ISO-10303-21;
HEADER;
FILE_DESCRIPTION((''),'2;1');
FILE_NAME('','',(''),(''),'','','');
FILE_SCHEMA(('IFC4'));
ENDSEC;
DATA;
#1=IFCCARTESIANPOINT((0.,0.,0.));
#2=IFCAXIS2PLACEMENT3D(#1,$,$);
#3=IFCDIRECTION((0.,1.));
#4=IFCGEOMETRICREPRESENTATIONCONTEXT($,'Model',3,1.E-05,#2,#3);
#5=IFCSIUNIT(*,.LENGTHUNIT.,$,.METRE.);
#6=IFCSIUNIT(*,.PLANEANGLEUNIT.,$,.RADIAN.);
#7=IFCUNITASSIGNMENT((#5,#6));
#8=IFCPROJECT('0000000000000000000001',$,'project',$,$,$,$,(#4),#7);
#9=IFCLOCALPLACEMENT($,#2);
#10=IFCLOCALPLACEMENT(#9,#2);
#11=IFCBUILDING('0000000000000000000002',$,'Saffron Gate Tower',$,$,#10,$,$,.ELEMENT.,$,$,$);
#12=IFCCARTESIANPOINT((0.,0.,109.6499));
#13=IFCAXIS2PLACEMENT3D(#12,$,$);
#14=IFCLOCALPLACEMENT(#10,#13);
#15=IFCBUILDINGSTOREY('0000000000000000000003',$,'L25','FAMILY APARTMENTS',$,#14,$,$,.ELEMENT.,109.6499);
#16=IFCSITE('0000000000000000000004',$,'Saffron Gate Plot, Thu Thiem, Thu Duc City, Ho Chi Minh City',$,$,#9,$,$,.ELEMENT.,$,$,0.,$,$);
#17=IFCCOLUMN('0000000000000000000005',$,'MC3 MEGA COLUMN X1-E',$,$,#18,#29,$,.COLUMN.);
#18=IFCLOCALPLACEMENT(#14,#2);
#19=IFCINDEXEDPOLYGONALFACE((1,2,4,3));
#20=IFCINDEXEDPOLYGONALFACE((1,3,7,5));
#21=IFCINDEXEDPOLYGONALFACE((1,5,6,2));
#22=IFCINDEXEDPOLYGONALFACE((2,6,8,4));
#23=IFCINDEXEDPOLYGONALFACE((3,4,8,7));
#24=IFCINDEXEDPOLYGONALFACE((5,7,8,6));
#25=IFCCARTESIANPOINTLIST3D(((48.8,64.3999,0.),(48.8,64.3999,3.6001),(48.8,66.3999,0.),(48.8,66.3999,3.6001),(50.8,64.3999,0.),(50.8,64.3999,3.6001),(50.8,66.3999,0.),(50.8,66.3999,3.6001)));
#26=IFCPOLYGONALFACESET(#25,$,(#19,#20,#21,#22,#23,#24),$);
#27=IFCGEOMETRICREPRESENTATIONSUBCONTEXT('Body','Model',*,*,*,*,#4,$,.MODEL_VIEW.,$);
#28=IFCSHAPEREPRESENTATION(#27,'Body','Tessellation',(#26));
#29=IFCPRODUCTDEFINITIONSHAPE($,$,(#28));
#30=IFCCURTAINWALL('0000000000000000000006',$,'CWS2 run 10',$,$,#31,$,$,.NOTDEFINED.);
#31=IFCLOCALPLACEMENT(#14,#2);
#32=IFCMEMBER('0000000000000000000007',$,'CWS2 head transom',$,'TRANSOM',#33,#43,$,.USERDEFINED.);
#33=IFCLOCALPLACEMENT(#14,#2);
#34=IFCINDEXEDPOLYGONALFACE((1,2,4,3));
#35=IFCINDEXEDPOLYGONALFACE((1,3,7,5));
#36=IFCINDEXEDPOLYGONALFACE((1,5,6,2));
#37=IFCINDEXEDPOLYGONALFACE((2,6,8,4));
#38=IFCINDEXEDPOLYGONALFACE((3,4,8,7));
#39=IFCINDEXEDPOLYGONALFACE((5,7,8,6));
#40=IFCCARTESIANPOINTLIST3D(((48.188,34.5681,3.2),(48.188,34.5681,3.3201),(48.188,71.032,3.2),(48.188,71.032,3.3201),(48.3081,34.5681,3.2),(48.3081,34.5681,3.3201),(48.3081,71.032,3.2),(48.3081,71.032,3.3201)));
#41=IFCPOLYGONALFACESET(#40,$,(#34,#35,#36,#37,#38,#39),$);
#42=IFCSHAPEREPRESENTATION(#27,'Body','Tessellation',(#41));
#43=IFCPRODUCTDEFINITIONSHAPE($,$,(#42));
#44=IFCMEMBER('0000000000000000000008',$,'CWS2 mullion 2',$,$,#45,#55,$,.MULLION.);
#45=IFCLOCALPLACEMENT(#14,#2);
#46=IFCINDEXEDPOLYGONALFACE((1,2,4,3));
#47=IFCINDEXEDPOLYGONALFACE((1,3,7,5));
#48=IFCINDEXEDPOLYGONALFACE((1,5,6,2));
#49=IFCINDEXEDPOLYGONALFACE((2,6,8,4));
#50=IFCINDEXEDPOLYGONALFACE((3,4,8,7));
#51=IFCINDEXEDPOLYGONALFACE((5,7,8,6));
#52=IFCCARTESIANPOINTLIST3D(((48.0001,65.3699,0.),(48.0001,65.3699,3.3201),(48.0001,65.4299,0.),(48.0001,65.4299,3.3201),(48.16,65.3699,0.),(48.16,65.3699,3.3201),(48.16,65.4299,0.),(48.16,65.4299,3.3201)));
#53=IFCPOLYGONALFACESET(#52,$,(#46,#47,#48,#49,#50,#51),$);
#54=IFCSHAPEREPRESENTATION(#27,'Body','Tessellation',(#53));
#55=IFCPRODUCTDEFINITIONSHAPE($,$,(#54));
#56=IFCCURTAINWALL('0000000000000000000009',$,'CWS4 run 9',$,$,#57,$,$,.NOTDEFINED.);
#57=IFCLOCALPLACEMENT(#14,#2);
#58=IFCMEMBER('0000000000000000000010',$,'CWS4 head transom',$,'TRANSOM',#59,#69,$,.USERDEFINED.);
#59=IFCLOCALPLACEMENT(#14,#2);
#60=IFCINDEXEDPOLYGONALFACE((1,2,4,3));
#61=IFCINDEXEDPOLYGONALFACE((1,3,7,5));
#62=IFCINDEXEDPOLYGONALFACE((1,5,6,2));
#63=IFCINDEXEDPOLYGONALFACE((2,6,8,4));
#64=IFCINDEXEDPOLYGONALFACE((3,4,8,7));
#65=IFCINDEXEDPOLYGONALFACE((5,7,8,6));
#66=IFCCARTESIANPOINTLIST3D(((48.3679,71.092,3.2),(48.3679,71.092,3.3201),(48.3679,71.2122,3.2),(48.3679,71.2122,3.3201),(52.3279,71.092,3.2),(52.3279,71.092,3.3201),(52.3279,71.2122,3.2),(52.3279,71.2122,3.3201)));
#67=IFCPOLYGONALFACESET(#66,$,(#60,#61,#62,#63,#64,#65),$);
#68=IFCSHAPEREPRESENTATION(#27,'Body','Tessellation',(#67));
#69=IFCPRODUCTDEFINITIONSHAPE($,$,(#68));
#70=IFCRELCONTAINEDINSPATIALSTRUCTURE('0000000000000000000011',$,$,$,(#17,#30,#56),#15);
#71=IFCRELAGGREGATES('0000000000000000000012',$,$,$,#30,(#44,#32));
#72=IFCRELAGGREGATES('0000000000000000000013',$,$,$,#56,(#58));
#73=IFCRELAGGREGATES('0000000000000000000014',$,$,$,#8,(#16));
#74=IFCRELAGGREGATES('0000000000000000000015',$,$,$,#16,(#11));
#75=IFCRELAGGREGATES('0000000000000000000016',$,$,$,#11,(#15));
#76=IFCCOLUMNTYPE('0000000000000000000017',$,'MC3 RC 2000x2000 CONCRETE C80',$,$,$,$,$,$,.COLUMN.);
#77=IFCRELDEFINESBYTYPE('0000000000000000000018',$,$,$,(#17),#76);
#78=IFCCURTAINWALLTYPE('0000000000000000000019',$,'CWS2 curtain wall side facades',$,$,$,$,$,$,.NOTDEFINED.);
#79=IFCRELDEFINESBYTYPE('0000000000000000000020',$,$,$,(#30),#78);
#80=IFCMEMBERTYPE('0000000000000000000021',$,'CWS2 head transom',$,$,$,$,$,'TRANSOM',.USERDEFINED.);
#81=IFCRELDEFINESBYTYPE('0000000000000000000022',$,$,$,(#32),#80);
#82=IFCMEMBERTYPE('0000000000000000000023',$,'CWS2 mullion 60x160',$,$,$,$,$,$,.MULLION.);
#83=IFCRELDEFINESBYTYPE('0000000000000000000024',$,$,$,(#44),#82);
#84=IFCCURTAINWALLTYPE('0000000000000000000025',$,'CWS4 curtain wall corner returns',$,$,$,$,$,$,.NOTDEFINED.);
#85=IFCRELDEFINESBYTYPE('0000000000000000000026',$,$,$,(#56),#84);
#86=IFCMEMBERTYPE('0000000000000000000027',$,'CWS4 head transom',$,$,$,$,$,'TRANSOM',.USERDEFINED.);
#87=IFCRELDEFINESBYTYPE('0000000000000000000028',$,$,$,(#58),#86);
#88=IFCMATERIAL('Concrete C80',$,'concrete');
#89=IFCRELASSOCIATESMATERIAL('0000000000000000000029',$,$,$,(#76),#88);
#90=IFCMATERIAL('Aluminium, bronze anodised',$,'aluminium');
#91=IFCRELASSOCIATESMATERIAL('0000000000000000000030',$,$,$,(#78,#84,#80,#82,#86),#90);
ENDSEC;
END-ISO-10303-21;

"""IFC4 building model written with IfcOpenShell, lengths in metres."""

from ifc_helpers import new_model, si_unit, direction, frame, origin, origin_2d, place, context, subcontext, project, spatial, rectangle, extrude, material, material_profile, profile_set, type_object, element, aggregate, save


model = new_model("IFC4")

# Units and contexts
model_context = context("Model", 3, precision=1e-05, world=origin(), true_north=direction((0.0, 1.0)))
body_context = subcontext(model_context, "Body", "Model", "MODEL_VIEW")
ifc_project = project(units=[si_unit("LENGTHUNIT", "METRE"), si_unit("PLANEANGLEUNIT", "RADIAN")], contexts=[model_context])

# Site, building, storey
site_placement = place(None, origin())
site = spatial("IfcSite", under=ifc_project, at=site_placement, Name="Saffron Gate Plot, Thu Thiem, Thu Duc City, Ho Chi Minh City", CompositionType="ELEMENT", RefElevation=0.0)
building_placement = place(site_placement, origin())
building = spatial("IfcBuilding", under=site, at=building_placement, Name="Saffron Gate Tower", CompositionType="ELEMENT")
storey_placement = place(building_placement, frame((0.0, 0.0, 109.6499)))
storey = spatial("IfcBuildingStorey", under=building, at=storey_placement, Name="L25", Description="FAMILY APARTMENTS", CompositionType="ELEMENT", Elevation=109.6499)

# Column
ifc_material_1 = material(Name="Concrete C80", Category="concrete")
ifc_material_profile_1 = material_profile(ifc_material_1, rectangle(XDim=2.0, YDim=2.0, at=origin_2d()))
ifc_profile_set_1 = profile_set([ifc_material_profile_1], Name="Concrete C80")
column_type = type_object("IfcColumnType", Name="MC3 RC 2000x2000 CONCRETE C80", PredefinedType="COLUMN", material=ifc_profile_set_1)
column_placement = place(storey_placement, frame((49.8, 65.3999, 0.0), z_axis=(0.0, 0.0, 1.0), x_axis=(1.0, 0.0, 0.0)))
element("IfcColumn", 1, at=column_placement, inside=storey, type_object=column_type, Name="MC3 MEGA COLUMN X1-E", PredefinedType="COLUMN", context=body_context, shape_type="SweptSolid", body=[
    extrude(rectangle(XDim=2.0, YDim=2.0, at=origin_2d()), origin(), (0.0, 0.0, 1.0), 3.6001),
])

# Curtain wall, members
ifc_material_2 = material(Name="Aluminium, bronze anodised", Category="aluminium")
curtain_wall_type_1 = type_object("IfcCurtainWallType", Name="CWS2 curtain wall side facades", PredefinedType="NOTDEFINED", material=ifc_material_2)
curtain_wall_1_placement = place(storey_placement, origin())
curtain_wall_1 = element("IfcCurtainWall", 2, at=curtain_wall_1_placement, inside=storey, type_object=curtain_wall_type_1, Name="CWS2 run 10", PredefinedType="NOTDEFINED")
ifc_material_profile_2 = material_profile(ifc_material_2, rectangle(XDim=0.1201, YDim=0.1201, at=origin_2d()))
ifc_profile_set_2 = profile_set([ifc_material_profile_2], Name="Aluminium, bronze anodised")
member_type_1 = type_object("IfcMemberType", Name="CWS2 head transom", ElementType="TRANSOM", PredefinedType="USERDEFINED", material=ifc_profile_set_2)
member_1_placement = place(storey_placement, frame((48.248, 71.032, 3.26), z_axis=(0.0, -1.0, 0.0), x_axis=(1.0, 0.0, 0.0)))
member_1 = element("IfcMember", 3, at=member_1_placement, type_object=member_type_1, Name="CWS2 head transom", ObjectType="TRANSOM", PredefinedType="USERDEFINED", context=body_context, shape_type="SweptSolid", body=[
    extrude(rectangle(XDim=0.1201, YDim=0.1201, at=origin_2d()), origin(), (0.0, 0.0, 1.0), 36.4639),
])
ifc_material_profile_3 = material_profile(ifc_material_2, rectangle(XDim=0.1599, YDim=0.0601, at=origin_2d()))
ifc_profile_set_3 = profile_set([ifc_material_profile_3], Name="Aluminium, bronze anodised")
member_type_2 = type_object("IfcMemberType", Name="CWS2 mullion 60x160", PredefinedType="MULLION", material=ifc_profile_set_3)
member_2_placement = place(storey_placement, frame((48.0801, 65.3999, 0.0), z_axis=(0.0, 0.0, 1.0), x_axis=(1.0, 0.0, 0.0)))
member_2 = element("IfcMember", 4, at=member_2_placement, type_object=member_type_2, Name="CWS2 mullion 2", PredefinedType="MULLION", context=body_context, shape_type="SweptSolid", body=[
    extrude(rectangle(XDim=0.1599, YDim=0.0601, at=origin_2d()), origin(), (0.0, 0.0, 1.0), 3.3201),
])

# Curtain wall, member
curtain_wall_type_2 = type_object("IfcCurtainWallType", Name="CWS4 curtain wall corner returns", PredefinedType="NOTDEFINED", material=ifc_material_2)
curtain_wall_2_placement = place(storey_placement, origin())
curtain_wall_2 = element("IfcCurtainWall", 5, at=curtain_wall_2_placement, inside=storey, type_object=curtain_wall_type_2, Name="CWS4 run 9", PredefinedType="NOTDEFINED")
ifc_material_profile_4 = material_profile(ifc_material_2, rectangle(XDim=0.1201, YDim=0.1201, at=origin_2d()))
ifc_profile_set_4 = profile_set([ifc_material_profile_4], Name="Aluminium, bronze anodised")
member_type_3 = type_object("IfcMemberType", Name="CWS4 head transom", ElementType="TRANSOM", PredefinedType="USERDEFINED", material=ifc_profile_set_4)
member_3_placement = place(storey_placement, frame((52.3279, 71.1521, 3.26), z_axis=(-1.0, 0.0, 0.0), x_axis=(0.0, -1.0, 0.0)))
member_3 = element("IfcMember", 6, at=member_3_placement, type_object=member_type_3, Name="CWS4 head transom", ObjectType="TRANSOM", PredefinedType="USERDEFINED", context=body_context, shape_type="SweptSolid", body=[
    extrude(rectangle(XDim=0.1201, YDim=0.1201, at=origin_2d()), origin(), (0.0, 0.0, 1.0), 3.96),
])

aggregate(curtain_wall_1, [member_2, member_1])

aggregate(curtain_wall_2, [member_3])

save(model, "model.ifc")
